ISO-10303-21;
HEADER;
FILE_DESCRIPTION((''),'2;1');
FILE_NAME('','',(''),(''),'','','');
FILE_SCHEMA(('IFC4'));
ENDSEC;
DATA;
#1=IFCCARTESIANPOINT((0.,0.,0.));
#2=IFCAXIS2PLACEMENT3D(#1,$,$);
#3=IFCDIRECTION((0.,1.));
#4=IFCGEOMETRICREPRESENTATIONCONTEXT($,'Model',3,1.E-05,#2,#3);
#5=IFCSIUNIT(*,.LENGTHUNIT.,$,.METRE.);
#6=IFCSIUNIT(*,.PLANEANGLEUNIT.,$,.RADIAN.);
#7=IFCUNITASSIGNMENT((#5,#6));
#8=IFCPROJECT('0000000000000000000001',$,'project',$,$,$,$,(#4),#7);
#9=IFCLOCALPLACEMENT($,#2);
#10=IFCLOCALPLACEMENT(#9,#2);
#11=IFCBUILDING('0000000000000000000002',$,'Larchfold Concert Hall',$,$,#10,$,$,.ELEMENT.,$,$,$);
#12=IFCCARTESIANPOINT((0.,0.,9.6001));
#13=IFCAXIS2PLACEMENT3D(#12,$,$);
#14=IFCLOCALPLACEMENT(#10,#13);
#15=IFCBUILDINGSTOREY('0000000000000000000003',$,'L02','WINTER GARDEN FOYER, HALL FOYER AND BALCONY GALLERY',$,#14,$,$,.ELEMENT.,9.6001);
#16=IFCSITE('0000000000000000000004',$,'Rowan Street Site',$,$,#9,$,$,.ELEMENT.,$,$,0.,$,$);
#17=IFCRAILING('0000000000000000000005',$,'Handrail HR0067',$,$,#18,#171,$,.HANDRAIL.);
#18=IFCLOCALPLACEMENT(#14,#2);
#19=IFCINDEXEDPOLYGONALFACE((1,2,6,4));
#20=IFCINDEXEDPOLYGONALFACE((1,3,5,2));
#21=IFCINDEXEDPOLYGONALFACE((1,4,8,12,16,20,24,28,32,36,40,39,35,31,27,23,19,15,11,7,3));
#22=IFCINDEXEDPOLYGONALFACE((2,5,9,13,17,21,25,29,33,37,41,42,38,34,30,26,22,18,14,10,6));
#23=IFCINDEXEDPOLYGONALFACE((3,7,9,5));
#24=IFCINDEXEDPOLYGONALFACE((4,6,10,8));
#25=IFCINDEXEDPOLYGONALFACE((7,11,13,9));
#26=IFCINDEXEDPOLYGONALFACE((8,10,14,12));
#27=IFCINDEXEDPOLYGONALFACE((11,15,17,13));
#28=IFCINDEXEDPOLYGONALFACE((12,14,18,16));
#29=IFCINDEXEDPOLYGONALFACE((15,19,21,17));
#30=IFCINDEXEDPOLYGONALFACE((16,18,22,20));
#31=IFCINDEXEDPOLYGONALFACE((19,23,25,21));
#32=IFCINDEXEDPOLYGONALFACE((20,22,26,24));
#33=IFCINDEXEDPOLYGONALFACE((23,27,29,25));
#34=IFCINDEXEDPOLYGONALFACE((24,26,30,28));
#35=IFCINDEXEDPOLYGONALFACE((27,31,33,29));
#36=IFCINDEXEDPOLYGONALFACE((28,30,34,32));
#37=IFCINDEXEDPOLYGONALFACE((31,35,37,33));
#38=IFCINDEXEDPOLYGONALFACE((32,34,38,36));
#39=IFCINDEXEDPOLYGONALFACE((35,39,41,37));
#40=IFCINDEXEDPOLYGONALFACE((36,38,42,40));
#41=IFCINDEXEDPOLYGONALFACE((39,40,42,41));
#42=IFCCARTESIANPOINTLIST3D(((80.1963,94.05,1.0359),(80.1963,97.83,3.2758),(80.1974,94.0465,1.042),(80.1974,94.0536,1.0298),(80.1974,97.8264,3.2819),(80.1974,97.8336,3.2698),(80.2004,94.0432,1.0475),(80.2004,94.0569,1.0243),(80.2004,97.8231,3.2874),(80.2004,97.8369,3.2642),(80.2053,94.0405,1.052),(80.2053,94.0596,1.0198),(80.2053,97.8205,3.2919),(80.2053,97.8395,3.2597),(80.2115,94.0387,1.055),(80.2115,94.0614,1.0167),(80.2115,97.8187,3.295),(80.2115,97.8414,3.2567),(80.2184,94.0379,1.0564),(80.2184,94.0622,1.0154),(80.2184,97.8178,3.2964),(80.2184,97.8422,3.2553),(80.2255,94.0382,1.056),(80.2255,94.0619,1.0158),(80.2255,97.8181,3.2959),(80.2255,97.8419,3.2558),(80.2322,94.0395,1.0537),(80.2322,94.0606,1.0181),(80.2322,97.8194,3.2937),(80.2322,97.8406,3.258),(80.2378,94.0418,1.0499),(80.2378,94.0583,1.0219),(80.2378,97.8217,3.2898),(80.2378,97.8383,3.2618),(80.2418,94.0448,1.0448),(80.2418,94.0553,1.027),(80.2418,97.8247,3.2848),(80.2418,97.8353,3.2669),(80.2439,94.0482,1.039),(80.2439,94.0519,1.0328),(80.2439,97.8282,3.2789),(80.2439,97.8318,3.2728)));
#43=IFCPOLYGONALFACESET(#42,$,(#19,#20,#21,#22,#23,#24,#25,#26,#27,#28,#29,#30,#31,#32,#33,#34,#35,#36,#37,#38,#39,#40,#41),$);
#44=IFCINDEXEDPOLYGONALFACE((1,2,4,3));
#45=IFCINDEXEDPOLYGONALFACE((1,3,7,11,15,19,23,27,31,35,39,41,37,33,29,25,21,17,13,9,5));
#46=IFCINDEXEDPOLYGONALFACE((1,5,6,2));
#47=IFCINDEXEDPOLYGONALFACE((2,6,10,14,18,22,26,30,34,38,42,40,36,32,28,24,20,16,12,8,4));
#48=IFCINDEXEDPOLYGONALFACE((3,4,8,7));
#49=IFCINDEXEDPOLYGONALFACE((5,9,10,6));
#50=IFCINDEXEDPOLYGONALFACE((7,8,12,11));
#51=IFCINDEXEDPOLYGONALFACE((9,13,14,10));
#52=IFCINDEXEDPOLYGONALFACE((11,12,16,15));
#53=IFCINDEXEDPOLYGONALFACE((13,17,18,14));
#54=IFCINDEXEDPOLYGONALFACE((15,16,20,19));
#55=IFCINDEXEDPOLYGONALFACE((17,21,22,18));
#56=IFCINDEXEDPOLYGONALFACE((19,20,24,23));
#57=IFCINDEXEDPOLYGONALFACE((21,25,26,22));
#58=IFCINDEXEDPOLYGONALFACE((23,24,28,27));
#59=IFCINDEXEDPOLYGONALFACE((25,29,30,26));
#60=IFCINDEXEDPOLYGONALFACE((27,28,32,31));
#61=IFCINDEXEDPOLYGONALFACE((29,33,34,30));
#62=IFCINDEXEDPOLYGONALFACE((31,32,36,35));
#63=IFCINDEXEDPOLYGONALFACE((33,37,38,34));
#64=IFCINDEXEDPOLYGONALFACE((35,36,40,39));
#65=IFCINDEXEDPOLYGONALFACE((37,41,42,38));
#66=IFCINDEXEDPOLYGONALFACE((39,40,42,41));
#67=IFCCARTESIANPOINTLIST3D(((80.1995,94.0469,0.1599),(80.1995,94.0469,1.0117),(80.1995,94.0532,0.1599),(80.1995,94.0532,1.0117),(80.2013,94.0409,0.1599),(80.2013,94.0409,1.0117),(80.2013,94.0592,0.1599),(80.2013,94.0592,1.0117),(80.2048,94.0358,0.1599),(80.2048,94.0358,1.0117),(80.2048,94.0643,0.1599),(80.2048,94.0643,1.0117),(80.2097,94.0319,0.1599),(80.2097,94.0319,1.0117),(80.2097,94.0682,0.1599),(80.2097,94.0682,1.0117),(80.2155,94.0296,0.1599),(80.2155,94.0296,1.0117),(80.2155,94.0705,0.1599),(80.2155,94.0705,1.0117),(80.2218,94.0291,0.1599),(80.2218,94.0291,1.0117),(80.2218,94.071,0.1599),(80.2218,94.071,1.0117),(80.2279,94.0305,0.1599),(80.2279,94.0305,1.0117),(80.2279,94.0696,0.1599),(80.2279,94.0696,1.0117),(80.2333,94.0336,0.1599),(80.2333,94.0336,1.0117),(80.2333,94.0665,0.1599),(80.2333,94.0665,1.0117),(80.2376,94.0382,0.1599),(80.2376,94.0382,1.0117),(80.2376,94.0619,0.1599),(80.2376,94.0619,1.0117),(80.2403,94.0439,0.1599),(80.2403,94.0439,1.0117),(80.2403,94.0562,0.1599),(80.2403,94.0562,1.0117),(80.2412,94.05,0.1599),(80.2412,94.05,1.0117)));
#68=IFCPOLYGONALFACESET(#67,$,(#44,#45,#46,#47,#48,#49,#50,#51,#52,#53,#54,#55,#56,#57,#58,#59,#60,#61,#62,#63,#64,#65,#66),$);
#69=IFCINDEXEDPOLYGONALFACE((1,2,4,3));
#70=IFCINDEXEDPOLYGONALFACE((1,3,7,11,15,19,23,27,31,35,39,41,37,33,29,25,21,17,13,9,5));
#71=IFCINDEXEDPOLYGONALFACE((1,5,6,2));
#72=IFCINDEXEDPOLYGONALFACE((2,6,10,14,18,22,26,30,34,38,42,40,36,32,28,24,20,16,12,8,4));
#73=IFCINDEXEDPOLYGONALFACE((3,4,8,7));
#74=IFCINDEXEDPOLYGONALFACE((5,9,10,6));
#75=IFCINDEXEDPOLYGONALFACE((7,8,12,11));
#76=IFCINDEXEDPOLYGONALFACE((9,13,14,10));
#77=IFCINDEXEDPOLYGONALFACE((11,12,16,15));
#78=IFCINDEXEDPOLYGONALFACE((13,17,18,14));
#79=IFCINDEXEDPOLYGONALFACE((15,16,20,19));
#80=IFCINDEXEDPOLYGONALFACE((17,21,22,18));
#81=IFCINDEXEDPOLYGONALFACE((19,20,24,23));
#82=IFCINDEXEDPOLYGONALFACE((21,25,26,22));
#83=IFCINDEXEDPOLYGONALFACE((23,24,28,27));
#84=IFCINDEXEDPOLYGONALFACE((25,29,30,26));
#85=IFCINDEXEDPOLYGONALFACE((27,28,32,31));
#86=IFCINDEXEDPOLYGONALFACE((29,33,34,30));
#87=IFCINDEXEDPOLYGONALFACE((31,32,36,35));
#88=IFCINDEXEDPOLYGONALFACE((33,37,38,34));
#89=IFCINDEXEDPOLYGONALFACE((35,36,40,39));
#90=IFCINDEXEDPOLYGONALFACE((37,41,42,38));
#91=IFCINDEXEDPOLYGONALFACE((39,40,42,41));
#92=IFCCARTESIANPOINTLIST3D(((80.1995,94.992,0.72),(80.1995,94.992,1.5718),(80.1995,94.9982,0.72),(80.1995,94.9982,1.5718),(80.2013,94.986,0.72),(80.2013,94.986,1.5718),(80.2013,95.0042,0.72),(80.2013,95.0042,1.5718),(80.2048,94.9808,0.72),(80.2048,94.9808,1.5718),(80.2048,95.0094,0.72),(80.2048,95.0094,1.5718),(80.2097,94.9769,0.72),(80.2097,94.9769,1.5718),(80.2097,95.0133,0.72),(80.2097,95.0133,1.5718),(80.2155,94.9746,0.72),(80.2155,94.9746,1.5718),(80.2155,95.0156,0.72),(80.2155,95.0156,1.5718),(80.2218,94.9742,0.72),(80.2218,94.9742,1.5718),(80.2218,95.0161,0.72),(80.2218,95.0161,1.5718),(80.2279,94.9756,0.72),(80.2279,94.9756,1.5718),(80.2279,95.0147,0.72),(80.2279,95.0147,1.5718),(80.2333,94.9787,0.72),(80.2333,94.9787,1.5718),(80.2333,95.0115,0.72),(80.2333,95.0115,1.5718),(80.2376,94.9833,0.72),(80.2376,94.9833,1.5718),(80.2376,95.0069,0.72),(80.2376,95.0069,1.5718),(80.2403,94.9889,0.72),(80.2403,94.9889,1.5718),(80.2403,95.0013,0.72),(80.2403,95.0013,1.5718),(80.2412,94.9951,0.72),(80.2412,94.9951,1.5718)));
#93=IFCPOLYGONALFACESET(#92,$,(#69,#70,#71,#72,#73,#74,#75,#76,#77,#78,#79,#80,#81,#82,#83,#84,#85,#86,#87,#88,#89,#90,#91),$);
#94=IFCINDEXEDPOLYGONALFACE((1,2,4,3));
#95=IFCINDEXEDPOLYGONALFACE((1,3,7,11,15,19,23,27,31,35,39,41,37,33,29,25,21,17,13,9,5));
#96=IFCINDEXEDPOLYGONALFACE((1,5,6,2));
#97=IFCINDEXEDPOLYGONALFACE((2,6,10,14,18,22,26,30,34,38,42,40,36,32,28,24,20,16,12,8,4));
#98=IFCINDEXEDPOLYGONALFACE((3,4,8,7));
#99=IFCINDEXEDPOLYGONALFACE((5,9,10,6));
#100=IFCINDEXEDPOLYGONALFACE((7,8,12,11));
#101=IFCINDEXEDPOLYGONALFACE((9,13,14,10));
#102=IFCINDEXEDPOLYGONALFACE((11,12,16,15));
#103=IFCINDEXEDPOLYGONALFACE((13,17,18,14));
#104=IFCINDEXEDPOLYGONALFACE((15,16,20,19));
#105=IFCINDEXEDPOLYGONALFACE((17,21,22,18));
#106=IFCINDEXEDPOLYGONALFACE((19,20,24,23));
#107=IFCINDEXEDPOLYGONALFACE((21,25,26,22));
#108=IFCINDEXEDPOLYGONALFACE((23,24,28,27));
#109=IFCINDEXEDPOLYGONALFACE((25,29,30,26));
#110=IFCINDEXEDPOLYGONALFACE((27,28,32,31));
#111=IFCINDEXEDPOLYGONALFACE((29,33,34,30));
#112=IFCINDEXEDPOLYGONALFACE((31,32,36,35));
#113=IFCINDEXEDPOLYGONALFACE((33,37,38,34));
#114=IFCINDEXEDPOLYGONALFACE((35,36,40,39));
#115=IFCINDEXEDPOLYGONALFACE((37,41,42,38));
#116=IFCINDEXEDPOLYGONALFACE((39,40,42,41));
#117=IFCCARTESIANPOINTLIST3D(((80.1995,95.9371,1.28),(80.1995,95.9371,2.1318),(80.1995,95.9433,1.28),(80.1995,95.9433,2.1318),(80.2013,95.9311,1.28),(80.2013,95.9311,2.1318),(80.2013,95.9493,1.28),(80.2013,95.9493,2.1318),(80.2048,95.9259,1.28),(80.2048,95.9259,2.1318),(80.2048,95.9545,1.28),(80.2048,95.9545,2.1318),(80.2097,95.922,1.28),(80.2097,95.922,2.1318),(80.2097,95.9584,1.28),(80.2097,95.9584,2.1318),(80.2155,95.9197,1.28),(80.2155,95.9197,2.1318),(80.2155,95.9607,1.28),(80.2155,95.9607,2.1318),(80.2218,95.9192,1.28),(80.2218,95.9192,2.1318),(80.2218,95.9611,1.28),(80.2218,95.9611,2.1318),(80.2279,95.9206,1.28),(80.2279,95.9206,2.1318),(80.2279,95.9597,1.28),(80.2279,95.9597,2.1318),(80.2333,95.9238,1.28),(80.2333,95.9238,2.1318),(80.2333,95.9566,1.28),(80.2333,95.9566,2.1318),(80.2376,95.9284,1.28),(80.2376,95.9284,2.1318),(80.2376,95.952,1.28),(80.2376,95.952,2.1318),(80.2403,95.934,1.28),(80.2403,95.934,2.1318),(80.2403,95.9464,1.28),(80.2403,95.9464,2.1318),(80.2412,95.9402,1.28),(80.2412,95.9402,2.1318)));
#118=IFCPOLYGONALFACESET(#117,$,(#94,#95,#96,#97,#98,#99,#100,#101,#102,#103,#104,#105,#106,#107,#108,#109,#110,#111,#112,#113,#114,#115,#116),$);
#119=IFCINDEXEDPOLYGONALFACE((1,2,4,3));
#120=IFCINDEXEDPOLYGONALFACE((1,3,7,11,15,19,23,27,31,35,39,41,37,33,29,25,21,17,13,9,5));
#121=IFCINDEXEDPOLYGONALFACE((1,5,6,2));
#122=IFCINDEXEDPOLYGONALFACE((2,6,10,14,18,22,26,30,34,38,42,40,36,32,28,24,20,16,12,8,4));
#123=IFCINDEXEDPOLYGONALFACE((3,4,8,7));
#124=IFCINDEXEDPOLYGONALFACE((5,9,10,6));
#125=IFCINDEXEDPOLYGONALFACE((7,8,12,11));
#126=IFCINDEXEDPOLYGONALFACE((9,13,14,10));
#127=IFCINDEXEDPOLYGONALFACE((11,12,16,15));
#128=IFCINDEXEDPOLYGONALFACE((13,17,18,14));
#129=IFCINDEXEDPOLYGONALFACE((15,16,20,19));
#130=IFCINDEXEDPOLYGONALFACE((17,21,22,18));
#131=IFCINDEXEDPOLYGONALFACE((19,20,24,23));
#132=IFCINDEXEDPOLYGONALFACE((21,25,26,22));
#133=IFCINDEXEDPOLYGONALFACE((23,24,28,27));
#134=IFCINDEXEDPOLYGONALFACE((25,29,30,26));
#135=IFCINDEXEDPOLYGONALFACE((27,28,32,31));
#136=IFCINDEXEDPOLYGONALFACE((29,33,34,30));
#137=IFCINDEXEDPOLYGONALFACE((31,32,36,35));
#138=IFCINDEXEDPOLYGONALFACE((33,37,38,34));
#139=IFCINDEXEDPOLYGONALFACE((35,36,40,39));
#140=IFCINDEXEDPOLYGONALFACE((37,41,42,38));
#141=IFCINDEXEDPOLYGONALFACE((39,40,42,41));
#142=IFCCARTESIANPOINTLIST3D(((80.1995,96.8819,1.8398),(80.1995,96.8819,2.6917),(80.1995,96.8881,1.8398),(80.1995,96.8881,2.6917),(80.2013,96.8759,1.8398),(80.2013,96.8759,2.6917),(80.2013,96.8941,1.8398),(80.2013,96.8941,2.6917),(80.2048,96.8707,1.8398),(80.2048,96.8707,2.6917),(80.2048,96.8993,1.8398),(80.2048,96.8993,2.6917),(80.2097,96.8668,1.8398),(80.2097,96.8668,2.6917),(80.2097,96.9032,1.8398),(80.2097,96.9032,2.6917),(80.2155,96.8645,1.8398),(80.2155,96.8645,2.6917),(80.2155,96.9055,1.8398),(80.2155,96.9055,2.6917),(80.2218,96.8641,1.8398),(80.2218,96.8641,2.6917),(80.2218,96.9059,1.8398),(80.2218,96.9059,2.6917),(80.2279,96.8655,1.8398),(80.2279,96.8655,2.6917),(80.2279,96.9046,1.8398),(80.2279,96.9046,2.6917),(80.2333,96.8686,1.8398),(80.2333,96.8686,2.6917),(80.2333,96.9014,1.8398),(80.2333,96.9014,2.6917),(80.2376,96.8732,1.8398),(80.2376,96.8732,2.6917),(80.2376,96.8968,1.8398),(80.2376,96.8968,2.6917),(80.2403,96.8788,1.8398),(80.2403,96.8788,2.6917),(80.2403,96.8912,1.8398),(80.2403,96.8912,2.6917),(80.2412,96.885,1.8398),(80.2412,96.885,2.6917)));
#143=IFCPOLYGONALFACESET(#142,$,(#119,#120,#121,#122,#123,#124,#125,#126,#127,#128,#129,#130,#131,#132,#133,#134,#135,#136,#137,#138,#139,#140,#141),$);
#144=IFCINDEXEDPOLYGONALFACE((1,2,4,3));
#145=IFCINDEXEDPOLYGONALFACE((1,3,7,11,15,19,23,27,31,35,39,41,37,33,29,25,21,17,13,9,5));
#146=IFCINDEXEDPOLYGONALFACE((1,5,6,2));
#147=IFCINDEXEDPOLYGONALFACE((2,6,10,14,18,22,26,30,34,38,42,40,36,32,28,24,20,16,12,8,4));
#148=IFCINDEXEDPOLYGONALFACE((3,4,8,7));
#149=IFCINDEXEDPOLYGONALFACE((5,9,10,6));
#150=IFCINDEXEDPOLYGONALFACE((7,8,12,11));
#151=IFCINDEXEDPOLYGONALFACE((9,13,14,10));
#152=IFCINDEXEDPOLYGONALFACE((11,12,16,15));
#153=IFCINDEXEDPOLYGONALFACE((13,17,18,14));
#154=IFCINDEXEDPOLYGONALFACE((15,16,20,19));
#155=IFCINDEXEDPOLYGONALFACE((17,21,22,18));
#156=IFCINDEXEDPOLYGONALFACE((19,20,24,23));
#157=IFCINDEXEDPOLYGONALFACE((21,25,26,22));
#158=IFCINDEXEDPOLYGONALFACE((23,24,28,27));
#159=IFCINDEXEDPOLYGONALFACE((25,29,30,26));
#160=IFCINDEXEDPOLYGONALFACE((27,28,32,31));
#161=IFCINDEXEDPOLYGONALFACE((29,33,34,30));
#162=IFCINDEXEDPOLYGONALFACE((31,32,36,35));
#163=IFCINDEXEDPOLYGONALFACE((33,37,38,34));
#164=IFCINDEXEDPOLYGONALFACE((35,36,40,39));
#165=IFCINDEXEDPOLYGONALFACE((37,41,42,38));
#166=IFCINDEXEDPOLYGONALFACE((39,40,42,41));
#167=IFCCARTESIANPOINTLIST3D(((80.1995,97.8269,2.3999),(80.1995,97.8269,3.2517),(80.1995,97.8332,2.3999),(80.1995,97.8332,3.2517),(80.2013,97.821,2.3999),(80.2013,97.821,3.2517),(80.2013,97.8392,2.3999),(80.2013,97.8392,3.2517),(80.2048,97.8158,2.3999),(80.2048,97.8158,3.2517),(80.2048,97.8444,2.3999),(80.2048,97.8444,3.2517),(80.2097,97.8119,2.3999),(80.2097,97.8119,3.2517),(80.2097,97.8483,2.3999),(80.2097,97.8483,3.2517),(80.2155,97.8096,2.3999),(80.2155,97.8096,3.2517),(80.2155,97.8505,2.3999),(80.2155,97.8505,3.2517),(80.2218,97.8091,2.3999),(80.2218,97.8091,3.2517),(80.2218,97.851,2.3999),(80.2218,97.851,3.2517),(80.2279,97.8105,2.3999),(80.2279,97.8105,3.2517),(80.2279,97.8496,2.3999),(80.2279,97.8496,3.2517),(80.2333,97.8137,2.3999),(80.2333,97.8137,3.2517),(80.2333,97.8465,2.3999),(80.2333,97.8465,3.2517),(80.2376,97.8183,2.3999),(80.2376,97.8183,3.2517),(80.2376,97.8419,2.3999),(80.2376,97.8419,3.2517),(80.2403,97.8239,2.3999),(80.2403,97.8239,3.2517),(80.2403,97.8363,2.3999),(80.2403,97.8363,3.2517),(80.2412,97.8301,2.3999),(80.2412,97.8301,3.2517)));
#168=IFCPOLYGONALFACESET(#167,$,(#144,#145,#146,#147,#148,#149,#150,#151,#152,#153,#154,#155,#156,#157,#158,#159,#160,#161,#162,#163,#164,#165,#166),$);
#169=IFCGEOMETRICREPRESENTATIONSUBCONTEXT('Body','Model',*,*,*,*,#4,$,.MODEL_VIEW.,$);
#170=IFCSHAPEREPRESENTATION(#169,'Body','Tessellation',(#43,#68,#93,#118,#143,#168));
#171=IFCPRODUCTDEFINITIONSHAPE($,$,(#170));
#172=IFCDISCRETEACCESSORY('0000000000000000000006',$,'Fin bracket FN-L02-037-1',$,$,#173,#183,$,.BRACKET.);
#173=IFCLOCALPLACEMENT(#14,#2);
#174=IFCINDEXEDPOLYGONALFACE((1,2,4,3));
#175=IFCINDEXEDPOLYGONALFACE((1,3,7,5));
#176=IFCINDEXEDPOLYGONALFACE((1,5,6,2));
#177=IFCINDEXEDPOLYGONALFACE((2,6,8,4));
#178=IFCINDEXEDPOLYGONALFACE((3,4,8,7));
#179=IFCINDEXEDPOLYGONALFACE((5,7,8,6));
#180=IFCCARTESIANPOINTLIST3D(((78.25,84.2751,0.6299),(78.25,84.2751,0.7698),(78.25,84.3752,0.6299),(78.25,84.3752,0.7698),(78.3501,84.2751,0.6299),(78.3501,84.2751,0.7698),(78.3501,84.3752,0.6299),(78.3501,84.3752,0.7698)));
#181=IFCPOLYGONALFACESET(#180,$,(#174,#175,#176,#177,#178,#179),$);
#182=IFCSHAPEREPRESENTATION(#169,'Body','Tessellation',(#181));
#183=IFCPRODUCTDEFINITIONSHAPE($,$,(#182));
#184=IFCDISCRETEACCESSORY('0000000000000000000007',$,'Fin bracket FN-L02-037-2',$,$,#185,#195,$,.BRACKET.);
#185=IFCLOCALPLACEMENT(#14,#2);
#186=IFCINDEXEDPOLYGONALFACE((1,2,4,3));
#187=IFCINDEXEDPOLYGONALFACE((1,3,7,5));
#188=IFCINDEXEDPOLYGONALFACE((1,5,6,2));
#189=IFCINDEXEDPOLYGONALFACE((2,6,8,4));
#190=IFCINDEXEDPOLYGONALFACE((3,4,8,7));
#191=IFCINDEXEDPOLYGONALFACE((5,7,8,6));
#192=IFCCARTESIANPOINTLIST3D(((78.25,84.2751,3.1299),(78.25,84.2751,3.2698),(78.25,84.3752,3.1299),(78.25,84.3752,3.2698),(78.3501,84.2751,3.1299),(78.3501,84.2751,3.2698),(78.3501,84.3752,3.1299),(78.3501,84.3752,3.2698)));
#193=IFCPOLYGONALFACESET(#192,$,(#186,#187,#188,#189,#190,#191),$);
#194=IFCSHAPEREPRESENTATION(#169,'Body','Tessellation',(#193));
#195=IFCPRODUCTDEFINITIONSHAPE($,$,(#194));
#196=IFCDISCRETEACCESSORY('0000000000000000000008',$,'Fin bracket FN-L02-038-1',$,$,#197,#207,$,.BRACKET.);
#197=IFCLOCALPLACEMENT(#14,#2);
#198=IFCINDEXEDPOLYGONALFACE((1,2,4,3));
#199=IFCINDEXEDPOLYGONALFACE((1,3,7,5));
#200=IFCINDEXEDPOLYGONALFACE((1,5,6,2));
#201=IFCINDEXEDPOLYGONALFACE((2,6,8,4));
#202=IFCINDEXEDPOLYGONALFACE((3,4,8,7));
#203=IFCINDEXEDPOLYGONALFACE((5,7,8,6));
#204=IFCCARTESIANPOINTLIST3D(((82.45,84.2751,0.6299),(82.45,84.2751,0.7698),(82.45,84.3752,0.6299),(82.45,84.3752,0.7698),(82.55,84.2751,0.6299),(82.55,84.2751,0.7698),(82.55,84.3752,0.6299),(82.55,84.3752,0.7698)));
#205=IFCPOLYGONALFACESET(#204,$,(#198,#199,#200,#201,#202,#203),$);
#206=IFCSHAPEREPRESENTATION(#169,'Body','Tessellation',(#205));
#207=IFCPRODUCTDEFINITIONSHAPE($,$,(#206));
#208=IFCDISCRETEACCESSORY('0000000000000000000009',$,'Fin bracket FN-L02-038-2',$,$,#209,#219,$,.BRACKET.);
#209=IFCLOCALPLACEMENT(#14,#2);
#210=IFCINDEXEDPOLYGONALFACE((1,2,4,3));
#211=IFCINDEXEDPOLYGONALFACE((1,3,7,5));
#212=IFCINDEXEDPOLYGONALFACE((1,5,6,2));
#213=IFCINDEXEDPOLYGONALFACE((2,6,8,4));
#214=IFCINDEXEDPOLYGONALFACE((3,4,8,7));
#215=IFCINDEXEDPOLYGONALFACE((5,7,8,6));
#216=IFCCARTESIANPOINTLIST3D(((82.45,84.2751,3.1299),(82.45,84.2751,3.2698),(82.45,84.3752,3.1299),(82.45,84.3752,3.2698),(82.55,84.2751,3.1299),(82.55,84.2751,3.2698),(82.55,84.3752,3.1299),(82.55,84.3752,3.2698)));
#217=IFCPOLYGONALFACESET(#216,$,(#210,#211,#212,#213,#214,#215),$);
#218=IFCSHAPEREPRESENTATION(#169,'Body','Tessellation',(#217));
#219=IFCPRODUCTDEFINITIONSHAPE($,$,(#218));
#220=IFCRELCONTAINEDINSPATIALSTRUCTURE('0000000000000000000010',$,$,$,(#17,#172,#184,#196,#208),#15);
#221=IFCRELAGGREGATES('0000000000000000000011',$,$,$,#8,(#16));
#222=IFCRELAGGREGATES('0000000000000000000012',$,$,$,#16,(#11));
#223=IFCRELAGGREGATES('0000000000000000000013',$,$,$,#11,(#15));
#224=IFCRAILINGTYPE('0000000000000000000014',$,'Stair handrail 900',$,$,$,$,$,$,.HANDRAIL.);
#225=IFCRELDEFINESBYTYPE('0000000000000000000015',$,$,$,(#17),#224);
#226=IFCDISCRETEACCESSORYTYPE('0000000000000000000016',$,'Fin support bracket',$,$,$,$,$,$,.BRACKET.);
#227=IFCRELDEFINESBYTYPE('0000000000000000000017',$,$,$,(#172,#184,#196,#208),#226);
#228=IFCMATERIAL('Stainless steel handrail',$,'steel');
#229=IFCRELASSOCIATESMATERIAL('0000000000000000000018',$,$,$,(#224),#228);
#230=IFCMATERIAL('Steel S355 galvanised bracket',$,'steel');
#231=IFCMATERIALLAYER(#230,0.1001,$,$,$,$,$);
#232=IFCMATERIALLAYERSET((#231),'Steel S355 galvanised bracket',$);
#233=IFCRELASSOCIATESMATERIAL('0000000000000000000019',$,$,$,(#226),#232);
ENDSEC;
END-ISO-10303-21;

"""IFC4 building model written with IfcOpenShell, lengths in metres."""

from ifc_helpers import new_model, si_unit, direction, frame, origin, origin_2d, place, context, subcontext, project, spatial, rectangle, circle, extrude, material, layer, layer_set, type_object, element, save


model = new_model("IFC4")

# Units and contexts
model_context = context("Model", 3, precision=1e-05, world=origin(), true_north=direction((0.0, 1.0)))
body_context = subcontext(model_context, "Body", "Model", "MODEL_VIEW")
ifc_project = project(units=[si_unit("LENGTHUNIT", "METRE"), si_unit("PLANEANGLEUNIT", "RADIAN")], contexts=[model_context])

# Site, building, storey
site_placement = place(None, origin())
site = spatial("IfcSite", under=ifc_project, at=site_placement, Name="Rowan Street Site", CompositionType="ELEMENT", RefElevation=0.0)
building_placement = place(site_placement, origin())
building = spatial("IfcBuilding", under=site, at=building_placement, Name="Larchfold Concert Hall", CompositionType="ELEMENT")
storey_placement = place(building_placement, frame((0.0, 0.0, 9.6001)))
storey = spatial("IfcBuildingStorey", under=building, at=storey_placement, Name="L02", Description="WINTER GARDEN FOYER, HALL FOYER AND BALCONY GALLERY", CompositionType="ELEMENT", Elevation=9.6001)

# Railing
ifc_material_1 = material(Name="Stainless steel handrail", Category="steel")
railing_type_1 = type_object("IfcRailingType", Name="Stair handrail 900", PredefinedType="HANDRAIL", material=ifc_material_1)
railing_1_placement = place(storey_placement, frame((80.2202, 94.05, 0.1599)))
element("IfcRailing", 1, at=railing_1_placement, inside=storey, type_object=railing_type_1, Name="Handrail HR0067", PredefinedType="HANDRAIL", context=body_context, shape_type="SweptSolid", body=[
    extrude(circle(Radius=0.0239, at=origin_2d()), frame((0.0, 0.0, 0.876), z_axis=(0.0, 0.860294, 0.509798), x_axis=(-1.0, 0.0, 0.0)), (0.0, 0.0, 1.0), 4.3938),
    extrude(circle(Radius=0.021, at=origin_2d()), origin(), (0.0, 0.0, 1.0), 0.8518),
    extrude(circle(Radius=0.021, at=origin_2d()), frame((0.0, 0.9451, 0.5601)), (0.0, 0.0, 1.0), 0.8518),
    extrude(circle(Radius=0.021, at=origin_2d()), frame((0.0, 1.8901, 1.1201)), (0.0, 0.0, 1.0), 0.8518),
    extrude(circle(Radius=0.021, at=origin_2d()), frame((0.0, 2.835, 1.6799)), (0.0, 0.0, 1.0), 0.8518),
    extrude(circle(Radius=0.021, at=origin_2d()), frame((0.0, 3.78, 2.24)), (0.0, 0.0, 1.0), 0.8518),
])

# Discrete accessories
ifc_material_2 = material(Name="Steel S355 galvanised bracket", Category="steel")
ifc_layer_1 = layer(ifc_material_2, 0.1001)
ifc_layer_set_1 = layer_set([ifc_layer_1], Name="Steel S355 galvanised bracket")
discrete_accessory_type = type_object("IfcDiscreteAccessoryType", Name="Fin support bracket", PredefinedType="BRACKET", material=ifc_layer_set_1)
for number, where, z_axis, x_axis, name in (
    (2, (78.3, 84.3252, 0.6299), (0.0, 0.0, 1.0), (0.0, -1.0, 0.0), "Fin bracket FN-L02-037-1"),
    (3, (78.3, 84.3252, 3.1299), (0.0, 0.0, 1.0), (0.0, -1.0, 0.0), "Fin bracket FN-L02-037-2"),
    (4, (82.5, 84.3252, 0.6299), (0.0, 0.0, 1.0), (0.0, -1.0, 0.0), "Fin bracket FN-L02-038-1"),
    (5, (82.5, 84.3252, 3.1299), (0.0, 0.0, 1.0), (0.0, -1.0, 0.0), "Fin bracket FN-L02-038-2"),
):
    element("IfcDiscreteAccessory", number, at=place(storey_placement, frame(where, z_axis=z_axis, x_axis=x_axis)), inside=storey, type_object=discrete_accessory_type, Name=name, PredefinedType="BRACKET", context=body_context, shape_type="SweptSolid", body=[
        extrude(rectangle(XDim=0.1001, YDim=0.1001, at=origin_2d()), origin(), (0.0, 0.0, 1.0), 0.1399),
    ])

save(model, "model.ifc")
